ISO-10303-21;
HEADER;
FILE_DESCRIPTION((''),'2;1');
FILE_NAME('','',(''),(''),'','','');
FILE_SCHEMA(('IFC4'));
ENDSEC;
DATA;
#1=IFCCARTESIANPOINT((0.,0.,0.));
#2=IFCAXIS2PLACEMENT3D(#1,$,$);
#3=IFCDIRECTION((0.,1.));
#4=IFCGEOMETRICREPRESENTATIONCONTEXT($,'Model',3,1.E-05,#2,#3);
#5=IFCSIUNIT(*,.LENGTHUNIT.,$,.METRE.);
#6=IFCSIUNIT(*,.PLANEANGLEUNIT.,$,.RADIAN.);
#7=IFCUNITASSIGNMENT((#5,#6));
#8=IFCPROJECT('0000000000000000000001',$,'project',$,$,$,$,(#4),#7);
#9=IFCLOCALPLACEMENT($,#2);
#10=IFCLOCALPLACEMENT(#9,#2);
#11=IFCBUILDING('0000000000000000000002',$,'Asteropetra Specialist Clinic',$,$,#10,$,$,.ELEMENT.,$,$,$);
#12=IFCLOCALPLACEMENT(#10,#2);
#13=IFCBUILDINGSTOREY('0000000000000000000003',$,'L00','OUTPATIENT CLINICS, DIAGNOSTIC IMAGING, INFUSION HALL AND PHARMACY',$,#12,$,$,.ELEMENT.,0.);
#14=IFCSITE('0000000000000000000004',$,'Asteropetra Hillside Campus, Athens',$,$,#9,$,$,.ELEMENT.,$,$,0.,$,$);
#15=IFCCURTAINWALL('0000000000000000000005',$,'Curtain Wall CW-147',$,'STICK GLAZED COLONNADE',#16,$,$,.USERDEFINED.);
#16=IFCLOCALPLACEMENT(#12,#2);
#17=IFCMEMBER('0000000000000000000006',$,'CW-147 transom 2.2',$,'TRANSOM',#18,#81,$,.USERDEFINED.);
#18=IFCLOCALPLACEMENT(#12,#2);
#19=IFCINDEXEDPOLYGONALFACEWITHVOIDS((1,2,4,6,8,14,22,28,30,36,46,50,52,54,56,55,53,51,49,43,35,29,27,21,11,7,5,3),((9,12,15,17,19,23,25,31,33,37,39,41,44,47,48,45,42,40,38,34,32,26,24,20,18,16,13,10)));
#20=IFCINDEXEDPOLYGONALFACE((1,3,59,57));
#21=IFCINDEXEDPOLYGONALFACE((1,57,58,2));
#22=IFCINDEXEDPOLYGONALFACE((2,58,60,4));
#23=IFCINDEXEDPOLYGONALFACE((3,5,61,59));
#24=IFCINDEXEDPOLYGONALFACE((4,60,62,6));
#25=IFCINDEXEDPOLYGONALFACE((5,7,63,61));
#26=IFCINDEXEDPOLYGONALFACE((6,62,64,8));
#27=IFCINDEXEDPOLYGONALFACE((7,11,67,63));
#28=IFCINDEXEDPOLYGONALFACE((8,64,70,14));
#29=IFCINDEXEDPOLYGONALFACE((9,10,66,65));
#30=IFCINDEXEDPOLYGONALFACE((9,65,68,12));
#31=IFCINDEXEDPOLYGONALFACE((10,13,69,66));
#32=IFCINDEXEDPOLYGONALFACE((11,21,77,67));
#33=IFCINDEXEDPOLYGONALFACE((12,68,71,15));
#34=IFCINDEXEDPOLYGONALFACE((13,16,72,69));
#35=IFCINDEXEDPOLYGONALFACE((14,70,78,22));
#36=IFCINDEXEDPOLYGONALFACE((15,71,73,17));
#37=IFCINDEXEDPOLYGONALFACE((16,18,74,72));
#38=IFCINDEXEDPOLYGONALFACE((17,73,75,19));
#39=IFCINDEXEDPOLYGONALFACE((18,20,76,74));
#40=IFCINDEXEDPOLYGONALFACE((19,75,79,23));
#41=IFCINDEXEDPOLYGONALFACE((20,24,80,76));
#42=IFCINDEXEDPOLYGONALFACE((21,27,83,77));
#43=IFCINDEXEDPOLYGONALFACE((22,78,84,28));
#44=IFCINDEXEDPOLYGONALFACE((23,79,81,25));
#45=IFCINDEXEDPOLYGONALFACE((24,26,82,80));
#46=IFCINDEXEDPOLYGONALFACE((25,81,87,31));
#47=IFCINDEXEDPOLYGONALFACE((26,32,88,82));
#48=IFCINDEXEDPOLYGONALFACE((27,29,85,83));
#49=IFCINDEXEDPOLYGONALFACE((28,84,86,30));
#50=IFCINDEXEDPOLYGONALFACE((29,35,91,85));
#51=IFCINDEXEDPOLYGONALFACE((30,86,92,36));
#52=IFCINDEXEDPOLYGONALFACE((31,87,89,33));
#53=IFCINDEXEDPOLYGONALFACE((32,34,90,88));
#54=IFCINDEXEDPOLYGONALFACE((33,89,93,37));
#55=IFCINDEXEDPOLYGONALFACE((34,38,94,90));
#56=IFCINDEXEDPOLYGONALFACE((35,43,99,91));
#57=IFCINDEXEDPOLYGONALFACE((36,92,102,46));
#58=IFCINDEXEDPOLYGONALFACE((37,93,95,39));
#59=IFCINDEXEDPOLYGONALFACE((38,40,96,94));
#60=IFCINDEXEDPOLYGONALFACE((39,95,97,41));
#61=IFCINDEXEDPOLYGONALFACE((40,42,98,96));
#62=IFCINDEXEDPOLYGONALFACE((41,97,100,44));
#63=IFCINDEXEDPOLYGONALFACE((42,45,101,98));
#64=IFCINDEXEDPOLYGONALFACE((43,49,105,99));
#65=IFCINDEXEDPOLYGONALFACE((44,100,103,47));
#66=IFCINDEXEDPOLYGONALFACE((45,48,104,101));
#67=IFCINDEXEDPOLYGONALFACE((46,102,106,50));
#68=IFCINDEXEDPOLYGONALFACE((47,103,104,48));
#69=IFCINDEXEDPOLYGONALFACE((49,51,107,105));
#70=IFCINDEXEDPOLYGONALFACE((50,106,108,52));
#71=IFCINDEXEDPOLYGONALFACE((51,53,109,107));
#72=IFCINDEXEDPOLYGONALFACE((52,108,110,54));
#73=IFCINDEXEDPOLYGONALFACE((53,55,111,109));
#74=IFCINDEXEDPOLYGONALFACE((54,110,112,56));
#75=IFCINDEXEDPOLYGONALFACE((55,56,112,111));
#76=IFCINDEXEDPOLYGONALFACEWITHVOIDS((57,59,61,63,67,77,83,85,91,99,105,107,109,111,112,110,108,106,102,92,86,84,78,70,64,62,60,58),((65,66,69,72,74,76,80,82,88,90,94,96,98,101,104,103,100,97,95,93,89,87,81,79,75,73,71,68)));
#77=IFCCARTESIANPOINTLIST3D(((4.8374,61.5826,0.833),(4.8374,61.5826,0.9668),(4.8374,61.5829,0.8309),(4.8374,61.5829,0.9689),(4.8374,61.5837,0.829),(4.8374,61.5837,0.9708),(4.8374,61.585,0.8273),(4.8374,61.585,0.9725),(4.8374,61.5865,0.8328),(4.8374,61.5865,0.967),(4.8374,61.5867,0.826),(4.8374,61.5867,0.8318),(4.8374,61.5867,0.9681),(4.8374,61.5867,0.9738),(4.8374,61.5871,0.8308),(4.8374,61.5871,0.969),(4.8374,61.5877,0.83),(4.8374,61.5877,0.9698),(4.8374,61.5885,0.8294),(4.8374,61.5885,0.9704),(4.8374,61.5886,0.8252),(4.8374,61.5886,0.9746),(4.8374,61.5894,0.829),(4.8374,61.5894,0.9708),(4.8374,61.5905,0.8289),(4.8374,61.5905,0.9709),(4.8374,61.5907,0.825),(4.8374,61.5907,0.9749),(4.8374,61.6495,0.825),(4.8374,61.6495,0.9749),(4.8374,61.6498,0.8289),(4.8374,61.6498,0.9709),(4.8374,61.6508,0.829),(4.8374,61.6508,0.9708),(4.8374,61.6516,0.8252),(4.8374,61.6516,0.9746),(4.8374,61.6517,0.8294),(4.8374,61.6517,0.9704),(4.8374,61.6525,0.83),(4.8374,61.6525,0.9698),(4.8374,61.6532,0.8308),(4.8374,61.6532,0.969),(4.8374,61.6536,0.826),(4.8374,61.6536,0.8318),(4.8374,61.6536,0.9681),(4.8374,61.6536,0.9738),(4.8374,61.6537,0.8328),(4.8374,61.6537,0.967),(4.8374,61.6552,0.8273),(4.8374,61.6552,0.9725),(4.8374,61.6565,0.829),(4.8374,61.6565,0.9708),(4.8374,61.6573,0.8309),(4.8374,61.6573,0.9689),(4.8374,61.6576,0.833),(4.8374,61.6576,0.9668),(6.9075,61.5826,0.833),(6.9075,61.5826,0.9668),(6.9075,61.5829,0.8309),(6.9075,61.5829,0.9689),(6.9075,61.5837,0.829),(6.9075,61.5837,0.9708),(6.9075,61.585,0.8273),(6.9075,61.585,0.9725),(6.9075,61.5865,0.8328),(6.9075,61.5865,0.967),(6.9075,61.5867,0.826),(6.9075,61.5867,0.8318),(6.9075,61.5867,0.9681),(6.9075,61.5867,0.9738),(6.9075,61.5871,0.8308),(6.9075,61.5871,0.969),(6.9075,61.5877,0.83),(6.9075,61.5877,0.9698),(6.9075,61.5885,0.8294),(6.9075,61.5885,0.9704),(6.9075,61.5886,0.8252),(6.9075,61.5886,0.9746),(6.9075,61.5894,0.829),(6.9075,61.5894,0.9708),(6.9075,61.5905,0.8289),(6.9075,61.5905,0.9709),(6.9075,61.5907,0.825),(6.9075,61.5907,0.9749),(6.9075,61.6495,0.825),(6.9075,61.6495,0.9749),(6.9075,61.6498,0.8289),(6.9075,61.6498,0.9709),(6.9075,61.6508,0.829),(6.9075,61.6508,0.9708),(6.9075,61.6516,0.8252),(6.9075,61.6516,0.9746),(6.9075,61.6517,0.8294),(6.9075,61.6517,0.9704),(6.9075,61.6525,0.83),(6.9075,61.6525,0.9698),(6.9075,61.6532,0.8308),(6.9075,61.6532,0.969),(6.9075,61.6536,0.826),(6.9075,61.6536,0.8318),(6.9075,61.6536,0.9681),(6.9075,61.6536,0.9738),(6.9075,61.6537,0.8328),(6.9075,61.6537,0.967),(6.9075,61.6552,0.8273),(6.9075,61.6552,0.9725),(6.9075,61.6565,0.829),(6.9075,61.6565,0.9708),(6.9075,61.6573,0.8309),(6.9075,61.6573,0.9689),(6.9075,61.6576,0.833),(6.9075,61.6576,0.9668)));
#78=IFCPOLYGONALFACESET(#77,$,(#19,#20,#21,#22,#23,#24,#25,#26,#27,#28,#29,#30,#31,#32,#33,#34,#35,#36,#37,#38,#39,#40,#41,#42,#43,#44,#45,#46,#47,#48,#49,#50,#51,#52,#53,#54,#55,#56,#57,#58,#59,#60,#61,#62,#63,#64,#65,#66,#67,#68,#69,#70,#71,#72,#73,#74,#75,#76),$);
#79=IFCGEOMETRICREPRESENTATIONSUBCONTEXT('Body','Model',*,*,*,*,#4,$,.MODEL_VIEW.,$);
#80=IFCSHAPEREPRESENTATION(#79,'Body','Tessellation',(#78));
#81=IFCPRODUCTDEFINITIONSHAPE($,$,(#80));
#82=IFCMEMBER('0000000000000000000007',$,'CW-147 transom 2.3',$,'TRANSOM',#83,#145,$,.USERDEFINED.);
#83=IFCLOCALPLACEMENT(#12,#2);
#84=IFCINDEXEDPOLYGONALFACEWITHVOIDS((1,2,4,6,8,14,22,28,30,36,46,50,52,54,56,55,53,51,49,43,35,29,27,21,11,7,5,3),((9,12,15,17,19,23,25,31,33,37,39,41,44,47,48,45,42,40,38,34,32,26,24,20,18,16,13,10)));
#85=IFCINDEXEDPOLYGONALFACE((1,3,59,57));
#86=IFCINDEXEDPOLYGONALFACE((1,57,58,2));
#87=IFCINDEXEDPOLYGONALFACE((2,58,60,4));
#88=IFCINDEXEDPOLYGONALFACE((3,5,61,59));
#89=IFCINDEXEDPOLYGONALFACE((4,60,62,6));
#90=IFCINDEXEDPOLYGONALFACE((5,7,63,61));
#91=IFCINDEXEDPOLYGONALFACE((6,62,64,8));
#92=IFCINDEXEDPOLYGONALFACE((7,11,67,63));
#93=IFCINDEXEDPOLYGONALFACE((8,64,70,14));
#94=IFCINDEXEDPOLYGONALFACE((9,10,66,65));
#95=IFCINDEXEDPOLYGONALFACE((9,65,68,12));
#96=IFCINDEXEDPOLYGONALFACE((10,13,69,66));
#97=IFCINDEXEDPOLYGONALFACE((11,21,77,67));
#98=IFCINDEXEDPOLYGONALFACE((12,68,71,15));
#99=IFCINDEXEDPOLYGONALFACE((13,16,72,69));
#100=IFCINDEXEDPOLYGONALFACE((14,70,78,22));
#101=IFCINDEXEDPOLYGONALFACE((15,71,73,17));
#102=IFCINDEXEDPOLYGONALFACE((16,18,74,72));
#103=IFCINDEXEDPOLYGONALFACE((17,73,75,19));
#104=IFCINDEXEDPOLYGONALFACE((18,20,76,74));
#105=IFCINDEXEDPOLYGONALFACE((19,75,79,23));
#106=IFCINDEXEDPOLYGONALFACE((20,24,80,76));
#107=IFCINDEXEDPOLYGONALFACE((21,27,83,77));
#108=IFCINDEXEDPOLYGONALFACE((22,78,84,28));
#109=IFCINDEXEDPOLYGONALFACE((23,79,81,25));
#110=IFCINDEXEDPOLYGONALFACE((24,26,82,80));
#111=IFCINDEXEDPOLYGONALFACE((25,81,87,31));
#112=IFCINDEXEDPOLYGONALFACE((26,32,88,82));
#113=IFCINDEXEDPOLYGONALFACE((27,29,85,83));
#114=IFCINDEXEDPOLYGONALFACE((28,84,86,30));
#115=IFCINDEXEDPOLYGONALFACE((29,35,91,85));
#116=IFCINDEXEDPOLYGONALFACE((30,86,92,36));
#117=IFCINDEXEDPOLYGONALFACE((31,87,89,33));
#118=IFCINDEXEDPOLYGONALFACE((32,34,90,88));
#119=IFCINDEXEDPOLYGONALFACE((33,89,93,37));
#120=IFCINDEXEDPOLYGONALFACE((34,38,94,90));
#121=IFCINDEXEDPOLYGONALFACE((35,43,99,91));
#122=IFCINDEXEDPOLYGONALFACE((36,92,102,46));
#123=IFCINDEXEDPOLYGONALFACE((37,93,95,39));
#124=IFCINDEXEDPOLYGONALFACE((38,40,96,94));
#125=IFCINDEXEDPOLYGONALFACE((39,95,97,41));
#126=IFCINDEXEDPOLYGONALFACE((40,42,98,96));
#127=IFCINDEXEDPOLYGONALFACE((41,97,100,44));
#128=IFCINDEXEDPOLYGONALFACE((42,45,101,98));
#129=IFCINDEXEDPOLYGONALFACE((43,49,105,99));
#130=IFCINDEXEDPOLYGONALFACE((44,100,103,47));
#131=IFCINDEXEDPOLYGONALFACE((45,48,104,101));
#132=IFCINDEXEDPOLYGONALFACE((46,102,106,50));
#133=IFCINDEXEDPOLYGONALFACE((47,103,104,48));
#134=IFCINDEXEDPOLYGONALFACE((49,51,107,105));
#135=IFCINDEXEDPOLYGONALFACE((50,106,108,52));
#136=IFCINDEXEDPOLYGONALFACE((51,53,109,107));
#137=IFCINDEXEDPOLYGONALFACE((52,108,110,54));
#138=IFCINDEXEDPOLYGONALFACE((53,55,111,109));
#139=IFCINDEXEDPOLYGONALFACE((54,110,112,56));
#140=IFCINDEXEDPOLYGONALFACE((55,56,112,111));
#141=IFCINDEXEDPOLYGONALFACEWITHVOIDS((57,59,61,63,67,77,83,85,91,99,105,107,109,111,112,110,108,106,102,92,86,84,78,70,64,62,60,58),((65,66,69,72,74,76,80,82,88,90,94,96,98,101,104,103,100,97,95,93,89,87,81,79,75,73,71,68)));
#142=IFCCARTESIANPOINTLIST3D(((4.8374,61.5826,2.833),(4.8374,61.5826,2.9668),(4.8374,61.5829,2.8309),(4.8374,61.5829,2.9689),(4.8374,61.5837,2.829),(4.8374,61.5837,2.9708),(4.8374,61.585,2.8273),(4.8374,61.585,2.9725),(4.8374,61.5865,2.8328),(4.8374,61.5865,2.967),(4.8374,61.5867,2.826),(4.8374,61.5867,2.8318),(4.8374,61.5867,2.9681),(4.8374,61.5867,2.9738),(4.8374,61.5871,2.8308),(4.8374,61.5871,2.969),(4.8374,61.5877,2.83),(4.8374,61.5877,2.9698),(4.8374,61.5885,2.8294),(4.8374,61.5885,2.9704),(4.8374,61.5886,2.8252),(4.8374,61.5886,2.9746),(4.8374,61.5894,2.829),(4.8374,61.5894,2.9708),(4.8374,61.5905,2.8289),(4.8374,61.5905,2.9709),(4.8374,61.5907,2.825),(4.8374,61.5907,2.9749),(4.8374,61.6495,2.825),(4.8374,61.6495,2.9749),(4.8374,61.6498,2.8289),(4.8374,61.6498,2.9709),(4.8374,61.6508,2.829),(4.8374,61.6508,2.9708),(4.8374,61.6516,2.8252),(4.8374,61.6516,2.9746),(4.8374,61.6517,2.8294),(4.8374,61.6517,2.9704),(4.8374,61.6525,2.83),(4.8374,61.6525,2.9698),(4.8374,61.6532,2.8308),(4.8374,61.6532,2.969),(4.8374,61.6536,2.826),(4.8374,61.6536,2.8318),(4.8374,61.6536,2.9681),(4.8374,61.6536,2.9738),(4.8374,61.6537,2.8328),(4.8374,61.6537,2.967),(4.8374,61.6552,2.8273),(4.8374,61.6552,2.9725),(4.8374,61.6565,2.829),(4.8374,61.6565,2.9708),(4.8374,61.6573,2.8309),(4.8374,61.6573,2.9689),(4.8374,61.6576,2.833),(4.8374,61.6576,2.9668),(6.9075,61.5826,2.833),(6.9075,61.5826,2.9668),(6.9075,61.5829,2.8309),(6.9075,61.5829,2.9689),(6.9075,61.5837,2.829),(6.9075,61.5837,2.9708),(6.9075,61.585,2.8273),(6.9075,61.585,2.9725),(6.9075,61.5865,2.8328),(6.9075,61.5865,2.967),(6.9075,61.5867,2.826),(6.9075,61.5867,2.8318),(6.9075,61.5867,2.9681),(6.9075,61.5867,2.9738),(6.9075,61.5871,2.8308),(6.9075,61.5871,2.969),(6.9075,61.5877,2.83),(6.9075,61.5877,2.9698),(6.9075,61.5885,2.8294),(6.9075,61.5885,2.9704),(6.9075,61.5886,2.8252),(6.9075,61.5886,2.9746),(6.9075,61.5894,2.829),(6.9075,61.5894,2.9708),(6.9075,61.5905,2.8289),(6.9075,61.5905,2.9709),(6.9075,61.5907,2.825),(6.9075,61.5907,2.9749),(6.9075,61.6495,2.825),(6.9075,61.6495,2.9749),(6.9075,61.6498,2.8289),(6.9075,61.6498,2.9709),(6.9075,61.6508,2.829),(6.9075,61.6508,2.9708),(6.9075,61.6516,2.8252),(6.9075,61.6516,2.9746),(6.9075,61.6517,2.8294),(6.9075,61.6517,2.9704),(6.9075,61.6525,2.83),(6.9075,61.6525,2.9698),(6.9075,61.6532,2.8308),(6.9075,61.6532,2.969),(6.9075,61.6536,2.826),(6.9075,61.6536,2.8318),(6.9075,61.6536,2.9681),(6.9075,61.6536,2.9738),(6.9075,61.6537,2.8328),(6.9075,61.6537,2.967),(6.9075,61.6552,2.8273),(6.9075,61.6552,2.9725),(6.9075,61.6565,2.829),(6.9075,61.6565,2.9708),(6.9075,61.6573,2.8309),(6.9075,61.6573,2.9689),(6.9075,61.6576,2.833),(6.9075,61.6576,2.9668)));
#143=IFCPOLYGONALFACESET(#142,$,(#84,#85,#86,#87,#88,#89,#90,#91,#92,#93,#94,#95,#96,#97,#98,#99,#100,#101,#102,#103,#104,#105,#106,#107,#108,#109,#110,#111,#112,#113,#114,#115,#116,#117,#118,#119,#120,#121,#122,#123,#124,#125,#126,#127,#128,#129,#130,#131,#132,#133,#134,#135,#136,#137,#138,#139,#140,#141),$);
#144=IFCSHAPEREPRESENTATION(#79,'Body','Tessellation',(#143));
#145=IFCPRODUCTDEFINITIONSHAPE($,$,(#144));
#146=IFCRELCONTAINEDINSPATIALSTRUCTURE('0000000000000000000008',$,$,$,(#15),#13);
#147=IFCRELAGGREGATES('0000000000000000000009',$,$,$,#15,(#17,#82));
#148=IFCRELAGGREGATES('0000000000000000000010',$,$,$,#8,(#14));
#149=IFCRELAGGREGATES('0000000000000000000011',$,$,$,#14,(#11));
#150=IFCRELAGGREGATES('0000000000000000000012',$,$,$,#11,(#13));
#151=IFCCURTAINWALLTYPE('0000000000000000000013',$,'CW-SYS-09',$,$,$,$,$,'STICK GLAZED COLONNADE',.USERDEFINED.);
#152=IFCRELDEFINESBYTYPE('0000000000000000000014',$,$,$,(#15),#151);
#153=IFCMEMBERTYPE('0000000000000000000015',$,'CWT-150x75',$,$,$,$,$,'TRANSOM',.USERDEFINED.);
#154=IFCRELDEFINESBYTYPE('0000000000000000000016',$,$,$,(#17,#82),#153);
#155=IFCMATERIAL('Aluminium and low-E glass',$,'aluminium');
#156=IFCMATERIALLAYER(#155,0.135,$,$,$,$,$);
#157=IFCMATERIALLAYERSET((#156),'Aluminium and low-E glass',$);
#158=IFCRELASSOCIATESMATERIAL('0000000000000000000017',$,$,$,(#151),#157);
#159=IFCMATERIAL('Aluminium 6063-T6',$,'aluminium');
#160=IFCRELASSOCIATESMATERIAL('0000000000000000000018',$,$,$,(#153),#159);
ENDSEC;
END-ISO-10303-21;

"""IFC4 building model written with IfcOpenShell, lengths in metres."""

from ifc_helpers import new_model, si_unit, direction, frame, origin, origin_2d, place, context, subcontext, project, spatial, hollow_rectangle, extrude, material, layer, layer_set, material_profile, profile_set, type_object, element, aggregate, save


model = new_model("IFC4")

# Units and contexts
model_context = context("Model", 3, precision=1e-05, world=origin(), true_north=direction((0.0, 1.0)))
body_context = subcontext(model_context, "Body", "Model", "MODEL_VIEW")
ifc_project = project(units=[si_unit("LENGTHUNIT", "METRE"), si_unit("PLANEANGLEUNIT", "RADIAN")], contexts=[model_context])

# Site, building, storey
site_placement = place(None, origin())
site = spatial("IfcSite", under=ifc_project, at=site_placement, Name="Asteropetra Hillside Campus, Athens", CompositionType="ELEMENT", RefElevation=0.0)
building_placement = place(site_placement, origin())
building = spatial("IfcBuilding", under=site, at=building_placement, Name="Asteropetra Specialist Clinic", CompositionType="ELEMENT")
storey_placement = place(building_placement, origin())
storey = spatial("IfcBuildingStorey", under=building, at=storey_placement, Name="L00", Description="OUTPATIENT CLINICS, DIAGNOSTIC IMAGING, INFUSION HALL AND PHARMACY", CompositionType="ELEMENT", Elevation=0.0)

# Curtain wall, members
ifc_material_1 = material(Name="Aluminium and low-E glass", Category="aluminium")
ifc_layer_1 = layer(ifc_material_1, 0.135)
ifc_layer_set_1 = layer_set([ifc_layer_1], Name="Aluminium and low-E glass")
curtain_wall_type = type_object("IfcCurtainWallType", Name="CW-SYS-09", ElementType="STICK GLAZED COLONNADE", PredefinedType="USERDEFINED", material=ifc_layer_set_1)
curtain_wall_placement = place(storey_placement, origin())
curtain_wall = element("IfcCurtainWall", 1, at=curtain_wall_placement, inside=storey, type_object=curtain_wall_type, Name="Curtain Wall CW-147", ObjectType="STICK GLAZED COLONNADE", PredefinedType="USERDEFINED")
ifc_material_2 = material(Name="Aluminium 6063-T6", Category="aluminium")
ifc_material_profile_1 = material_profile(ifc_material_2, hollow_rectangle(XDim=0.075, YDim=0.1499, WallThickness=0.0039, InnerFilletRadius=0.0039, OuterFilletRadius=0.0081, at=origin_2d()), Name="TRN 150x75x4.0")
ifc_profile_set_1 = profile_set([ifc_material_profile_1], Name="Aluminium 6063-T6")
member_type_1 = type_object("IfcMemberType", Name="CWT-150x75", ElementType="TRANSOM", PredefinedType="USERDEFINED", material=ifc_profile_set_1)
member_1_placement = place(storey_placement, frame((6.9075, 61.6201, 0.8999), z_axis=(-1.0, 0.0, 0.0), x_axis=(0.0, -1.0, 0.0)))
member_1 = element("IfcMember", 2, at=member_1_placement, type_object=member_type_1, Name="CW-147 transom 2.2", ObjectType="TRANSOM", PredefinedType="USERDEFINED", context=body_context, shape_type="SweptSolid", body=[
    extrude(hollow_rectangle(XDim=0.075, YDim=0.1499, WallThickness=0.0039, InnerFilletRadius=0.0039, OuterFilletRadius=0.0081, at=origin_2d()), origin(), (0.0, 0.0, 1.0), 2.0701),
])
member_2_placement = place(storey_placement, frame((6.9075, 61.6201, 2.8999), z_axis=(-1.0, 0.0, 0.0), x_axis=(0.0, -1.0, 0.0)))
member_2 = element("IfcMember", 3, at=member_2_placement, type_object=member_type_1, Name="CW-147 transom 2.3", ObjectType="TRANSOM", PredefinedType="USERDEFINED", context=body_context, shape_type="SweptSolid", body=[
    extrude(hollow_rectangle(XDim=0.075, YDim=0.1499, WallThickness=0.0039, InnerFilletRadius=0.0039, OuterFilletRadius=0.0081, at=origin_2d()), origin(), (0.0, 0.0, 1.0), 2.0701),
])

aggregate(curtain_wall, [member_1, member_2])

save(model, "model.ifc")
